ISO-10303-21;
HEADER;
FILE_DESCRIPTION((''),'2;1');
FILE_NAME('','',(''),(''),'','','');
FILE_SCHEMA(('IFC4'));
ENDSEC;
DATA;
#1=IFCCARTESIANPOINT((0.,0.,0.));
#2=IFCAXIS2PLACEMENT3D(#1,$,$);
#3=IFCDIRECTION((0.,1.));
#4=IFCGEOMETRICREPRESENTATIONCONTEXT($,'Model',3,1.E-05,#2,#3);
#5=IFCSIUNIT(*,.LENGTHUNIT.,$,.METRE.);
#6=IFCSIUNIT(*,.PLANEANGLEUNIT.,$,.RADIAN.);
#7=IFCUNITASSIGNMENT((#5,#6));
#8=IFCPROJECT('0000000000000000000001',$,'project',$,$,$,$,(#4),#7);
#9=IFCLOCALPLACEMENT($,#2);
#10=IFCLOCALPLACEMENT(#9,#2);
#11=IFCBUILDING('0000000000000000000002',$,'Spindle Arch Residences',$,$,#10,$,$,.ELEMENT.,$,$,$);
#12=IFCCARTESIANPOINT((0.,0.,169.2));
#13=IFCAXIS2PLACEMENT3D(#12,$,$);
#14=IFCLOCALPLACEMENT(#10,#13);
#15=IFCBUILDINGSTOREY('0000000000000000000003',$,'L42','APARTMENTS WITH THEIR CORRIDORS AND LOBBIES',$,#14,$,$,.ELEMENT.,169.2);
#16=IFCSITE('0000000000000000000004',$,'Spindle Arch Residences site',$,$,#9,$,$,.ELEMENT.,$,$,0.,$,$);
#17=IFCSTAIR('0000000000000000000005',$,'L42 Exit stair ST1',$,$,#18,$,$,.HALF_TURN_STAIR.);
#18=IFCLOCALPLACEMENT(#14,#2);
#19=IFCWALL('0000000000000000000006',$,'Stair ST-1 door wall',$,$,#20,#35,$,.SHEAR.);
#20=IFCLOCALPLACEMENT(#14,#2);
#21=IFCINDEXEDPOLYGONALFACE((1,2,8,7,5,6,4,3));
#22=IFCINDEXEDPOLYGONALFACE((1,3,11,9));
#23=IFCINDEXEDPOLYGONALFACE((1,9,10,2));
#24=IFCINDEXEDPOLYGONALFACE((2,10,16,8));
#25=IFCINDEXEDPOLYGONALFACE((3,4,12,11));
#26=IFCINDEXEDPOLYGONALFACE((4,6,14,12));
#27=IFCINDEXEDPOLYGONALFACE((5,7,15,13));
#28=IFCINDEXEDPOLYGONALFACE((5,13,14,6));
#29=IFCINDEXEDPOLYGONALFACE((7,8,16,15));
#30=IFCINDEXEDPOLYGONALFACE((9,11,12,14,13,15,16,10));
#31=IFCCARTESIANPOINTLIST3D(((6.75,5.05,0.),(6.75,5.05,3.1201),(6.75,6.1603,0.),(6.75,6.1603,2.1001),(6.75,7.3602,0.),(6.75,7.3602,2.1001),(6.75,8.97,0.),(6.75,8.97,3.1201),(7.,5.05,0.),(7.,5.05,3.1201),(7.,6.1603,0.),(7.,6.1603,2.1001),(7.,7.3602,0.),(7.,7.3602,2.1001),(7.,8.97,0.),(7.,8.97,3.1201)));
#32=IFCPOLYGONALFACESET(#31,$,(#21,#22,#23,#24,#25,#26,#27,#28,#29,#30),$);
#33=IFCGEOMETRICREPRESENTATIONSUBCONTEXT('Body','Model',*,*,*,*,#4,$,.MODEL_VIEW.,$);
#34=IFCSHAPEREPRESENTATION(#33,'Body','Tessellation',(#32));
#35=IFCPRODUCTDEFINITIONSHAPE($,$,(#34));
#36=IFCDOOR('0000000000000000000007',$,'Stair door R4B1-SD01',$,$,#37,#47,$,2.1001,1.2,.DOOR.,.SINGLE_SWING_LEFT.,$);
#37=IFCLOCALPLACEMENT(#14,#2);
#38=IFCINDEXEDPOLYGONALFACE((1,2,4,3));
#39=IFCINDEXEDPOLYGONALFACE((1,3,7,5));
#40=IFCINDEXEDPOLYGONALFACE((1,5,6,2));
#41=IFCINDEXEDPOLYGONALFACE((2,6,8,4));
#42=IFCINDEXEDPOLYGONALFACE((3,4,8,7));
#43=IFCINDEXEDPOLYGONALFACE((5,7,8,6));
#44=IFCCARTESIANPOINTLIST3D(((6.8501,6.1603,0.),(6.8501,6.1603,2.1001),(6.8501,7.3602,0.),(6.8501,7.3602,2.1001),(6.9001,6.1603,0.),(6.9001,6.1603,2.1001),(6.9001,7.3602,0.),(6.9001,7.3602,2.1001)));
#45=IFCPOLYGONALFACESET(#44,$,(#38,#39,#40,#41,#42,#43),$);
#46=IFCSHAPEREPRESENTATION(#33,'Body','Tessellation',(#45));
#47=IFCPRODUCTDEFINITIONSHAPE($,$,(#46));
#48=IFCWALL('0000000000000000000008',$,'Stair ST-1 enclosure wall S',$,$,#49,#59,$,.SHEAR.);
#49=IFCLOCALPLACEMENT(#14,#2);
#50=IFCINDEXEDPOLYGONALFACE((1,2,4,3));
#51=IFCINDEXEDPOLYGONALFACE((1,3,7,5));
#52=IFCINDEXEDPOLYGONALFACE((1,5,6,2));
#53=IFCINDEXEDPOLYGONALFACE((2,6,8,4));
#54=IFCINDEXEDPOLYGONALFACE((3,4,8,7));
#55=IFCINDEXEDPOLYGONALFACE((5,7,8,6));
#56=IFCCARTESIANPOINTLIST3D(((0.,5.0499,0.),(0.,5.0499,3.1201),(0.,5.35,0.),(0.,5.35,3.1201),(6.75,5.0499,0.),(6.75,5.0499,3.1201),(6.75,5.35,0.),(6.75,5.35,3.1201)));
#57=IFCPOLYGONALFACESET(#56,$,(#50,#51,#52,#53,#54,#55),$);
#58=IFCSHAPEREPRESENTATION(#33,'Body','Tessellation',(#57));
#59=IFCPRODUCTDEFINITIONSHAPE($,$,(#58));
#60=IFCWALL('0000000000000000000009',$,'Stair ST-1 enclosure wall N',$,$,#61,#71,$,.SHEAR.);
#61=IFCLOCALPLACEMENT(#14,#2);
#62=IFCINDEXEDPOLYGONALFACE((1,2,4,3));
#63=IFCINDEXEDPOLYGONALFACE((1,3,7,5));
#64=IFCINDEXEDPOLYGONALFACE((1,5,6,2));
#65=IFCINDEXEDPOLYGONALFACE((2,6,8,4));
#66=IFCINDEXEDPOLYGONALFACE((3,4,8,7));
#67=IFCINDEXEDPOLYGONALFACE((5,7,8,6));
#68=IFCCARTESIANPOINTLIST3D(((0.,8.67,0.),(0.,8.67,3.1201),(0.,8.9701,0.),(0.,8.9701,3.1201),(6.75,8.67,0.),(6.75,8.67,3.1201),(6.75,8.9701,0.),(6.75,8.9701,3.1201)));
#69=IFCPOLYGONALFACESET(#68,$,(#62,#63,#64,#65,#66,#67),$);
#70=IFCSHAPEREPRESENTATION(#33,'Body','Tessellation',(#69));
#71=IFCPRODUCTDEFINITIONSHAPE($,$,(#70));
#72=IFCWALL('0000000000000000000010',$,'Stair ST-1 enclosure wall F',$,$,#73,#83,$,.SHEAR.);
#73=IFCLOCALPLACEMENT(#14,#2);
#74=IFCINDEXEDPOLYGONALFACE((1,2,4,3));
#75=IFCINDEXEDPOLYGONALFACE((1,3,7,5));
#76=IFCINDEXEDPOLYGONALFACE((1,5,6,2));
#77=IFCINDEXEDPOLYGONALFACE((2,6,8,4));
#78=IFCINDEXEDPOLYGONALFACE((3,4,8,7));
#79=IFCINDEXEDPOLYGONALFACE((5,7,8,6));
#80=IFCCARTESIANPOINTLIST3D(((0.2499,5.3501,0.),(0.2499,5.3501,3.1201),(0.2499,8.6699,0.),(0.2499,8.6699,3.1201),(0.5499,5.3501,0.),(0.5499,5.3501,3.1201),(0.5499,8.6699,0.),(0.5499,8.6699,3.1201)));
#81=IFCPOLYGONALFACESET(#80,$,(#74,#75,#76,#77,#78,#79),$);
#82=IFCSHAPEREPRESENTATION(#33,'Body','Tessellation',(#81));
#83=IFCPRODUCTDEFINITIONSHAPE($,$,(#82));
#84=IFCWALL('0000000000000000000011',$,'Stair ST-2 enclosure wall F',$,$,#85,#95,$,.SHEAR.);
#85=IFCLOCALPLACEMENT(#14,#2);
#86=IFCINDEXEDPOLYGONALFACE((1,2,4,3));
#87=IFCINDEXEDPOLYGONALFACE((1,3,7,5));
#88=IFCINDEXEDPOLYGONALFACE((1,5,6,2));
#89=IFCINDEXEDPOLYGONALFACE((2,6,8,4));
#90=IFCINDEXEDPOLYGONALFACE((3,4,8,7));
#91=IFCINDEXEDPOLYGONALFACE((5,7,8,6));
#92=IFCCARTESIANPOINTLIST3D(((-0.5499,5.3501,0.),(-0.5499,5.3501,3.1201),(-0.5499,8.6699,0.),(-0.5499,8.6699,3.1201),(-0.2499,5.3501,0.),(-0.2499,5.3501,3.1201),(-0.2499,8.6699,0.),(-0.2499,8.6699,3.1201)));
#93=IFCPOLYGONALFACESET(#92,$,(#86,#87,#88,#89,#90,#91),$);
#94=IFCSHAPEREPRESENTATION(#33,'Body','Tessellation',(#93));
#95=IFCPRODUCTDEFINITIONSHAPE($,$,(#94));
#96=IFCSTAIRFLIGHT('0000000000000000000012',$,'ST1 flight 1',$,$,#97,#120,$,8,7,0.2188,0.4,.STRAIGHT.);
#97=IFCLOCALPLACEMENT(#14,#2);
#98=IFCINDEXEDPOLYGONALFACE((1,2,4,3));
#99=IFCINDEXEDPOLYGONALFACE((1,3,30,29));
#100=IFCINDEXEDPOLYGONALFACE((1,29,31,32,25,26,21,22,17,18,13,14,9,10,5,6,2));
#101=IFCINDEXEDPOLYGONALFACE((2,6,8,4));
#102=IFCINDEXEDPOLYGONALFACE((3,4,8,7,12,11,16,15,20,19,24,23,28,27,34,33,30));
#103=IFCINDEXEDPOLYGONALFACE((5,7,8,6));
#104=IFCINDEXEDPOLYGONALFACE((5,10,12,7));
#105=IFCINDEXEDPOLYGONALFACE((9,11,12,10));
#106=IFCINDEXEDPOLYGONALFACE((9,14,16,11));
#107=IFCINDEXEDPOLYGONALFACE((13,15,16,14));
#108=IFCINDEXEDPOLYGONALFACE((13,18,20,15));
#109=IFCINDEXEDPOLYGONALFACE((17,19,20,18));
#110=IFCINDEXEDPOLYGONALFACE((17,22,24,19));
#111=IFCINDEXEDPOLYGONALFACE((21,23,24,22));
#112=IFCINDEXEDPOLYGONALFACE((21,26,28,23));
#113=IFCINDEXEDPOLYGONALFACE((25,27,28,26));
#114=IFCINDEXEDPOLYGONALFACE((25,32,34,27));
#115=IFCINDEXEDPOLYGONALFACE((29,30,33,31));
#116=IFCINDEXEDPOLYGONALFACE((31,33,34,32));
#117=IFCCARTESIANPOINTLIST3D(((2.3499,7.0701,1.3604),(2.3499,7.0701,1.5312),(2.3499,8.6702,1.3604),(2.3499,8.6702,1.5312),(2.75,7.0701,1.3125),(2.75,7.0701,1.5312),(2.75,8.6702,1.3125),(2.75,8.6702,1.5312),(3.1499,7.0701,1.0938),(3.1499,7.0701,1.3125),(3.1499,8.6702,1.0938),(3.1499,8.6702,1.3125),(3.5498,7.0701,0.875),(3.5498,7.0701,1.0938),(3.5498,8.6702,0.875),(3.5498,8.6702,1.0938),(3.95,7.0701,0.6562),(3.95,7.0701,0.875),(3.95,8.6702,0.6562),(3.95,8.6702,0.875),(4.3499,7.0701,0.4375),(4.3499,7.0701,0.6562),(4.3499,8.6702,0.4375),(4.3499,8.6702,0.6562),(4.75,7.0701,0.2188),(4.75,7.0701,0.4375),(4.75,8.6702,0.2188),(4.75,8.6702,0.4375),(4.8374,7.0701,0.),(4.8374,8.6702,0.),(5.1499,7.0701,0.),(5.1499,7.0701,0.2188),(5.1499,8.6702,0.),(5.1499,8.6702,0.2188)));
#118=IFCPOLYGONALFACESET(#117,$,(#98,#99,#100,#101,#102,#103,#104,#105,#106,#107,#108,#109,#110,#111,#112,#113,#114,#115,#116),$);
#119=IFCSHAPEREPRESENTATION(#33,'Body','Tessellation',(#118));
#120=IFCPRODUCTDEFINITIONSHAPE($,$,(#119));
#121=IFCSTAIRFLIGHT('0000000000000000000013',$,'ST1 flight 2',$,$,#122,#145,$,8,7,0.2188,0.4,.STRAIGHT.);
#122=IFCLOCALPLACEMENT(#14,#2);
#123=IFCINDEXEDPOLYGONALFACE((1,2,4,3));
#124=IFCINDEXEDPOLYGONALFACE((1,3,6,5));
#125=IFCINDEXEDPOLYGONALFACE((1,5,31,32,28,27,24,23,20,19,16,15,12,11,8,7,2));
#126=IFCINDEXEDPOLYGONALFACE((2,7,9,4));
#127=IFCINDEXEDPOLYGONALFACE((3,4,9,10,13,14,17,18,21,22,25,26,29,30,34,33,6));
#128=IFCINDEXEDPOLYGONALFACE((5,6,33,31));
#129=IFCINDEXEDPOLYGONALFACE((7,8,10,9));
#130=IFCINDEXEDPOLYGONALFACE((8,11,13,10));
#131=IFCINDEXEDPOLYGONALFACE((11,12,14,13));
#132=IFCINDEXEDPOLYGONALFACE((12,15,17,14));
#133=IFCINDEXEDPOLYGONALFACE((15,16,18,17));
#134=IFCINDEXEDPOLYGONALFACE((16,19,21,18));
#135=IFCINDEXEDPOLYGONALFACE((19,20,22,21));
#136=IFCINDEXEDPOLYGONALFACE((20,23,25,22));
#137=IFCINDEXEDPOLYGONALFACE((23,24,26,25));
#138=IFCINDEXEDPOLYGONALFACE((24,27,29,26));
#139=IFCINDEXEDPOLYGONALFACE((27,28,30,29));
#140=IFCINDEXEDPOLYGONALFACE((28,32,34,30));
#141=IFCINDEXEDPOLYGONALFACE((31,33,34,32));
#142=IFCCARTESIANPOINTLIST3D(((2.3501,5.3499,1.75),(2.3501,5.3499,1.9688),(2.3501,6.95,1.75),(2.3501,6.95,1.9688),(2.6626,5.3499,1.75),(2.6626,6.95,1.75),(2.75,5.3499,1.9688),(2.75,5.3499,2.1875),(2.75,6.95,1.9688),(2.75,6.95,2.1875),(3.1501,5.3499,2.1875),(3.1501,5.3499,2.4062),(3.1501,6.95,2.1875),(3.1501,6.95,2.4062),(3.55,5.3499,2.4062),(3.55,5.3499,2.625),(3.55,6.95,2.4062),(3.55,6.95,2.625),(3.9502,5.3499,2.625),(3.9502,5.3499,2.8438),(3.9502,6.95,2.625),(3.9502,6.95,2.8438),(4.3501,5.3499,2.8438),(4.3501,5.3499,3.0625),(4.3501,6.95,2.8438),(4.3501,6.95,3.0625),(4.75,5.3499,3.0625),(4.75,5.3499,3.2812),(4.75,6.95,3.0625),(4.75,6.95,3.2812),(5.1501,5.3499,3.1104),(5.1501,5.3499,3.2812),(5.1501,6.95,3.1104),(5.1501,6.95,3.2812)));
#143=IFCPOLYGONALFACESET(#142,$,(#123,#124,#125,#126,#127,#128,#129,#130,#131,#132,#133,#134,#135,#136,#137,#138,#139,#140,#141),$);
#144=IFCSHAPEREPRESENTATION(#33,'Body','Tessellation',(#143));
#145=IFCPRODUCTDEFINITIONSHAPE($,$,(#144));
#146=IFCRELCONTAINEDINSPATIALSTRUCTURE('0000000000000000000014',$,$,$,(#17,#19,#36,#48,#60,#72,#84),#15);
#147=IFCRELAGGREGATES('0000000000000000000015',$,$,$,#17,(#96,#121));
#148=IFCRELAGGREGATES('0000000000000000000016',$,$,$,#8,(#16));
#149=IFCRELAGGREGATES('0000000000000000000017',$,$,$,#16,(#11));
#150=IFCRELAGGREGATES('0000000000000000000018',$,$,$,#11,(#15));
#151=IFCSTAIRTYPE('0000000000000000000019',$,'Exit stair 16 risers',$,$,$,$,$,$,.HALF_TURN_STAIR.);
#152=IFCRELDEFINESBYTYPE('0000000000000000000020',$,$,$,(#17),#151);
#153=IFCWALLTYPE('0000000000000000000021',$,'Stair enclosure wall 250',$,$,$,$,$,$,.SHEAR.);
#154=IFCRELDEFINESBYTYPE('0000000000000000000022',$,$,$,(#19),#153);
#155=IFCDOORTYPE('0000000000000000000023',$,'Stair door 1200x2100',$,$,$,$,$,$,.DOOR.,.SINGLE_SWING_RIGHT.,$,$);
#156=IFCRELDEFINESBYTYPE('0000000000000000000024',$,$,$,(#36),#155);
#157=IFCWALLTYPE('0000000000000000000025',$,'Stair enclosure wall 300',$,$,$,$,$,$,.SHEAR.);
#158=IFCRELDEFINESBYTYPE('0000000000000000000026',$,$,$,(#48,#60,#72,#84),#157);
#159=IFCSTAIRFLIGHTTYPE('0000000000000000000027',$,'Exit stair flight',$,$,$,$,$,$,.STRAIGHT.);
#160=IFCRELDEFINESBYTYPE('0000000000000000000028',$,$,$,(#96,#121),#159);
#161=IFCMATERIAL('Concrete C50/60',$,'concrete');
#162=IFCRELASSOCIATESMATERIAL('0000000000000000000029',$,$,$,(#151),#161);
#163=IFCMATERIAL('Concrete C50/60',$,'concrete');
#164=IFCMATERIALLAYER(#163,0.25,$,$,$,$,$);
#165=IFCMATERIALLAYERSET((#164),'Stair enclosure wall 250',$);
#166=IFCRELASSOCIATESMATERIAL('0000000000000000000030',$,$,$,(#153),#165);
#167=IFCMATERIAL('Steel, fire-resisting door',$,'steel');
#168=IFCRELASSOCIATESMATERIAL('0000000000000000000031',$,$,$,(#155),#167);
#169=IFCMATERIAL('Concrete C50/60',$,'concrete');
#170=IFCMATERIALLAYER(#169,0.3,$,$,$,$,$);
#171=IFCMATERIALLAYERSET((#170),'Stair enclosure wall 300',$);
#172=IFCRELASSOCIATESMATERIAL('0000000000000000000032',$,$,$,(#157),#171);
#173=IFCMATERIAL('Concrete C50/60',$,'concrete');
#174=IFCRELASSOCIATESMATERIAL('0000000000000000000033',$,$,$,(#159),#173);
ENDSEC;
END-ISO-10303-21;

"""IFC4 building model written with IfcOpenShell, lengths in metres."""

from ifc_helpers import new_model, si_unit, direction, frame, frame_2d, origin, place, context, subcontext, project, spatial, polyline, rectangle, outline, extrude, material, layer, layer_set, type_object, element, fill, aggregate, save


model = new_model("IFC4")

# Units and contexts
model_context = context("Model", 3, precision=1e-05, world=origin(), true_north=direction((0.0, 1.0)))
body_context = subcontext(model_context, "Body", "Model", "MODEL_VIEW")
ifc_project = project(units=[si_unit("LENGTHUNIT", "METRE"), si_unit("PLANEANGLEUNIT", "RADIAN")], contexts=[model_context])

# Site, building, storey
site_placement = place(None, origin())
site = spatial("IfcSite", under=ifc_project, at=site_placement, Name="Spindle Arch Residences site", CompositionType="ELEMENT", RefElevation=0.0)
building_placement = place(site_placement, origin())
building = spatial("IfcBuilding", under=site, at=building_placement, Name="Spindle Arch Residences", CompositionType="ELEMENT")
storey_placement = place(building_placement, frame((0.0, 0.0, 169.2)))
storey = spatial("IfcBuildingStorey", under=building, at=storey_placement, Name="L42", Description="APARTMENTS WITH THEIR CORRIDORS AND LOBBIES", CompositionType="ELEMENT", Elevation=169.2)

# Stair
ifc_material_1 = material(Name="Concrete C50/60", Category="concrete")
stair_type = type_object("IfcStairType", Name="Exit stair 16 risers", PredefinedType="HALF_TURN_STAIR", material=ifc_material_1)
stair_1_placement = place(storey_placement, origin())
stair_1 = element("IfcStair", 1, at=stair_1_placement, inside=storey, type_object=stair_type, Name="L42 Exit stair ST1", PredefinedType="HALF_TURN_STAIR")

# Wall, opening, door
ifc_material_2 = material(Name="Concrete C50/60", Category="concrete")
ifc_layer_1 = layer(ifc_material_2, 0.25)
ifc_layer_set_1 = layer_set([ifc_layer_1], Name="Stair enclosure wall 250")
wall_type_1 = type_object("IfcWallType", Name="Stair enclosure wall 250", PredefinedType="SHEAR", material=ifc_layer_set_1)
wall_1_placement = place(storey_placement, frame((6.875, 5.05, 0.0), z_axis=(0.0, 0.0, 1.0), x_axis=(0.0, 1.0, 0.0)))
wall_1 = element("IfcWall", 2, at=wall_1_placement, inside=storey, type_object=wall_type_1, Name="Stair ST-1 door wall", PredefinedType="SHEAR", context=body_context, shape_type="SweptSolid", body=[
    extrude(rectangle(XDim=3.9199, YDim=0.25, at=frame_2d((1.96, 0.0))), origin(), (0.0, 0.0, 1.0), 3.1201),
])
opening_1_placement = place(wall_1_placement, frame((1.1101, 0.0, 0.0)))
opening_1 = element("IfcOpeningElement", 3, at=opening_1_placement, cuts=wall_1, PredefinedType="OPENING", context=body_context, shape_type="SweptSolid", body=[
    extrude(rectangle(XDim=1.2, YDim=2.1001, at=frame_2d((0.6001, 1.05))), frame((0.0, 0.135, 0.0), z_axis=(0.0, -1.0, 0.0), x_axis=(1.0, 0.0, 0.0)), (0.0, 0.0, 1.0), 0.27),
])
ifc_material_3 = material(Name="Steel, fire-resisting door", Category="steel")
door_type_1 = type_object("IfcDoorType", Name="Stair door 1200x2100", OperationType="SINGLE_SWING_RIGHT", PredefinedType="DOOR", material=ifc_material_3)
door_1_placement = place(opening_1_placement, origin())
door_1 = element("IfcDoor", 4, at=door_1_placement, inside=storey, type_object=door_type_1, Name="Stair door R4B1-SD01", OperationType="SINGLE_SWING_LEFT", OverallHeight=2.1001, OverallWidth=1.2, PredefinedType="DOOR", context=body_context, shape_type="SweptSolid", body=[
    extrude(rectangle(XDim=1.2, YDim=2.1001, at=frame_2d((0.6001, 1.05))), frame((0.0, 0.0249, 0.0), z_axis=(0.0, -1.0, 0.0), x_axis=(1.0, 0.0, 0.0)), (0.0, 0.0, 1.0), 0.05),
])
fill(opening_1, door_1)

# Walls
ifc_material_4 = material(Name="Concrete C50/60", Category="concrete")
ifc_layer_2 = layer(ifc_material_4, 0.3)
ifc_layer_set_2 = layer_set([ifc_layer_2], Name="Stair enclosure wall 300")
wall_type_2 = type_object("IfcWallType", Name="Stair enclosure wall 300", PredefinedType="SHEAR", material=ifc_layer_set_2)
for number, where, z_axis, x_axis, name in (
    (5, (0.0, 5.2, 0.0), (0.0, 0.0, 1.0), (1.0, 0.0, 0.0), "Stair ST-1 enclosure wall S"),
    (6, (0.0, 8.8201, 0.0), (0.0, 0.0, 1.0), (1.0, 0.0, 0.0), "Stair ST-1 enclosure wall N"),
):
    element("IfcWall", number, at=place(storey_placement, frame(where, z_axis=z_axis, x_axis=x_axis)), inside=storey, type_object=wall_type_2, Name=name, PredefinedType="SHEAR", context=body_context, shape_type="SweptSolid", body=[
        extrude(rectangle(XDim=6.75, YDim=0.3, at=frame_2d((3.375, 0.0))), origin(), (0.0, 0.0, 1.0), 3.1201),
    ])
for number, where, z_axis, x_axis, name in (
    (7, (0.3999, 5.3501, 0.0), (0.0, 0.0, 1.0), (0.0, 1.0, 0.0), "Stair ST-1 enclosure wall F"),
    (8, (-0.3999, 5.3501, 0.0), (0.0, 0.0, 1.0), (0.0, 1.0, 0.0), "Stair ST-2 enclosure wall F"),
):
    element("IfcWall", number, at=place(storey_placement, frame(where, z_axis=z_axis, x_axis=x_axis)), inside=storey, type_object=wall_type_2, Name=name, PredefinedType="SHEAR", context=body_context, shape_type="SweptSolid", body=[
        extrude(rectangle(XDim=3.3198, YDim=0.3, at=frame_2d((1.6599, 0.0))), origin(), (0.0, 0.0, 1.0), 3.1201),
    ])

# Stair flights
ifc_material_5 = material(Name="Concrete C50/60", Category="concrete")
stair_flight_type = type_object("IfcStairFlightType", Name="Exit stair flight", PredefinedType="STRAIGHT", material=ifc_material_5)
stair_flight_1_placement = place(storey_placement, frame((5.1499, 7.8701, 0.0), z_axis=(0.0, 0.0, 1.0), x_axis=(-1.0, 0.0, 0.0)))
stair_flight_1 = element("IfcStairFlight", 9, at=stair_flight_1_placement, type_object=stair_flight_type, Name="ST1 flight 1", NumberOfRisers=8, NumberOfTreads=7, PredefinedType="STRAIGHT", RiserHeight=0.2188, TreadLength=0.4, context=body_context, shape_type="SweptSolid", body=[
    extrude(outline(polyline([(0.0, 0.0), (0.0, 0.2188), (0.3999, 0.2188), (0.3999, 0.4375), (0.8, 0.4375), (0.8, 0.6562), (1.2, 0.6562), (1.2, 0.875), (1.6001, 0.875), (1.6001, 1.0938), (2.0, 1.0938), (2.0, 1.3125), (2.3999, 1.3125), (2.3999, 1.5312), (2.8, 1.5312), (2.8, 1.75), (2.8, 1.3604), (0.3125, 0.0), (0.0, 0.0)])), frame((0.0, 0.8, 0.0), z_axis=(0.0, -1.0, 0.0), x_axis=(1.0, 0.0, 0.0)), (0.0, 0.0, 1.0), 1.6001),
])
stair_flight_2_placement = place(storey_placement, frame((2.3501, 6.1499, 1.75), z_axis=(0.0, 0.0, 1.0), x_axis=(1.0, 0.0, 0.0)))
stair_flight_2 = element("IfcStairFlight", 10, at=stair_flight_2_placement, type_object=stair_flight_type, Name="ST1 flight 2", NumberOfRisers=8, NumberOfTreads=7, PredefinedType="STRAIGHT", RiserHeight=0.2188, TreadLength=0.4, context=body_context, shape_type="SweptSolid", body=[
    extrude(outline(polyline([(0.0, 0.0), (0.0, 0.2188), (0.3999, 0.2188), (0.3999, 0.4375), (0.8, 0.4375), (0.8, 0.6562), (1.2, 0.6562), (1.2, 0.875), (1.6001, 0.875), (1.6001, 1.0938), (2.0, 1.0938), (2.0, 1.3125), (2.3999, 1.3125), (2.3999, 1.5312), (2.8, 1.5312), (2.8, 1.75), (2.8, 1.3604), (0.3125, 0.0), (0.0, 0.0)])), frame((0.0, 0.8, 0.0), z_axis=(0.0, -1.0, 0.0), x_axis=(1.0, 0.0, 0.0)), (0.0, 0.0, 1.0), 1.6001),
])
aggregate(stair_1, [stair_flight_1, stair_flight_2])

save(model, "model.ifc")
